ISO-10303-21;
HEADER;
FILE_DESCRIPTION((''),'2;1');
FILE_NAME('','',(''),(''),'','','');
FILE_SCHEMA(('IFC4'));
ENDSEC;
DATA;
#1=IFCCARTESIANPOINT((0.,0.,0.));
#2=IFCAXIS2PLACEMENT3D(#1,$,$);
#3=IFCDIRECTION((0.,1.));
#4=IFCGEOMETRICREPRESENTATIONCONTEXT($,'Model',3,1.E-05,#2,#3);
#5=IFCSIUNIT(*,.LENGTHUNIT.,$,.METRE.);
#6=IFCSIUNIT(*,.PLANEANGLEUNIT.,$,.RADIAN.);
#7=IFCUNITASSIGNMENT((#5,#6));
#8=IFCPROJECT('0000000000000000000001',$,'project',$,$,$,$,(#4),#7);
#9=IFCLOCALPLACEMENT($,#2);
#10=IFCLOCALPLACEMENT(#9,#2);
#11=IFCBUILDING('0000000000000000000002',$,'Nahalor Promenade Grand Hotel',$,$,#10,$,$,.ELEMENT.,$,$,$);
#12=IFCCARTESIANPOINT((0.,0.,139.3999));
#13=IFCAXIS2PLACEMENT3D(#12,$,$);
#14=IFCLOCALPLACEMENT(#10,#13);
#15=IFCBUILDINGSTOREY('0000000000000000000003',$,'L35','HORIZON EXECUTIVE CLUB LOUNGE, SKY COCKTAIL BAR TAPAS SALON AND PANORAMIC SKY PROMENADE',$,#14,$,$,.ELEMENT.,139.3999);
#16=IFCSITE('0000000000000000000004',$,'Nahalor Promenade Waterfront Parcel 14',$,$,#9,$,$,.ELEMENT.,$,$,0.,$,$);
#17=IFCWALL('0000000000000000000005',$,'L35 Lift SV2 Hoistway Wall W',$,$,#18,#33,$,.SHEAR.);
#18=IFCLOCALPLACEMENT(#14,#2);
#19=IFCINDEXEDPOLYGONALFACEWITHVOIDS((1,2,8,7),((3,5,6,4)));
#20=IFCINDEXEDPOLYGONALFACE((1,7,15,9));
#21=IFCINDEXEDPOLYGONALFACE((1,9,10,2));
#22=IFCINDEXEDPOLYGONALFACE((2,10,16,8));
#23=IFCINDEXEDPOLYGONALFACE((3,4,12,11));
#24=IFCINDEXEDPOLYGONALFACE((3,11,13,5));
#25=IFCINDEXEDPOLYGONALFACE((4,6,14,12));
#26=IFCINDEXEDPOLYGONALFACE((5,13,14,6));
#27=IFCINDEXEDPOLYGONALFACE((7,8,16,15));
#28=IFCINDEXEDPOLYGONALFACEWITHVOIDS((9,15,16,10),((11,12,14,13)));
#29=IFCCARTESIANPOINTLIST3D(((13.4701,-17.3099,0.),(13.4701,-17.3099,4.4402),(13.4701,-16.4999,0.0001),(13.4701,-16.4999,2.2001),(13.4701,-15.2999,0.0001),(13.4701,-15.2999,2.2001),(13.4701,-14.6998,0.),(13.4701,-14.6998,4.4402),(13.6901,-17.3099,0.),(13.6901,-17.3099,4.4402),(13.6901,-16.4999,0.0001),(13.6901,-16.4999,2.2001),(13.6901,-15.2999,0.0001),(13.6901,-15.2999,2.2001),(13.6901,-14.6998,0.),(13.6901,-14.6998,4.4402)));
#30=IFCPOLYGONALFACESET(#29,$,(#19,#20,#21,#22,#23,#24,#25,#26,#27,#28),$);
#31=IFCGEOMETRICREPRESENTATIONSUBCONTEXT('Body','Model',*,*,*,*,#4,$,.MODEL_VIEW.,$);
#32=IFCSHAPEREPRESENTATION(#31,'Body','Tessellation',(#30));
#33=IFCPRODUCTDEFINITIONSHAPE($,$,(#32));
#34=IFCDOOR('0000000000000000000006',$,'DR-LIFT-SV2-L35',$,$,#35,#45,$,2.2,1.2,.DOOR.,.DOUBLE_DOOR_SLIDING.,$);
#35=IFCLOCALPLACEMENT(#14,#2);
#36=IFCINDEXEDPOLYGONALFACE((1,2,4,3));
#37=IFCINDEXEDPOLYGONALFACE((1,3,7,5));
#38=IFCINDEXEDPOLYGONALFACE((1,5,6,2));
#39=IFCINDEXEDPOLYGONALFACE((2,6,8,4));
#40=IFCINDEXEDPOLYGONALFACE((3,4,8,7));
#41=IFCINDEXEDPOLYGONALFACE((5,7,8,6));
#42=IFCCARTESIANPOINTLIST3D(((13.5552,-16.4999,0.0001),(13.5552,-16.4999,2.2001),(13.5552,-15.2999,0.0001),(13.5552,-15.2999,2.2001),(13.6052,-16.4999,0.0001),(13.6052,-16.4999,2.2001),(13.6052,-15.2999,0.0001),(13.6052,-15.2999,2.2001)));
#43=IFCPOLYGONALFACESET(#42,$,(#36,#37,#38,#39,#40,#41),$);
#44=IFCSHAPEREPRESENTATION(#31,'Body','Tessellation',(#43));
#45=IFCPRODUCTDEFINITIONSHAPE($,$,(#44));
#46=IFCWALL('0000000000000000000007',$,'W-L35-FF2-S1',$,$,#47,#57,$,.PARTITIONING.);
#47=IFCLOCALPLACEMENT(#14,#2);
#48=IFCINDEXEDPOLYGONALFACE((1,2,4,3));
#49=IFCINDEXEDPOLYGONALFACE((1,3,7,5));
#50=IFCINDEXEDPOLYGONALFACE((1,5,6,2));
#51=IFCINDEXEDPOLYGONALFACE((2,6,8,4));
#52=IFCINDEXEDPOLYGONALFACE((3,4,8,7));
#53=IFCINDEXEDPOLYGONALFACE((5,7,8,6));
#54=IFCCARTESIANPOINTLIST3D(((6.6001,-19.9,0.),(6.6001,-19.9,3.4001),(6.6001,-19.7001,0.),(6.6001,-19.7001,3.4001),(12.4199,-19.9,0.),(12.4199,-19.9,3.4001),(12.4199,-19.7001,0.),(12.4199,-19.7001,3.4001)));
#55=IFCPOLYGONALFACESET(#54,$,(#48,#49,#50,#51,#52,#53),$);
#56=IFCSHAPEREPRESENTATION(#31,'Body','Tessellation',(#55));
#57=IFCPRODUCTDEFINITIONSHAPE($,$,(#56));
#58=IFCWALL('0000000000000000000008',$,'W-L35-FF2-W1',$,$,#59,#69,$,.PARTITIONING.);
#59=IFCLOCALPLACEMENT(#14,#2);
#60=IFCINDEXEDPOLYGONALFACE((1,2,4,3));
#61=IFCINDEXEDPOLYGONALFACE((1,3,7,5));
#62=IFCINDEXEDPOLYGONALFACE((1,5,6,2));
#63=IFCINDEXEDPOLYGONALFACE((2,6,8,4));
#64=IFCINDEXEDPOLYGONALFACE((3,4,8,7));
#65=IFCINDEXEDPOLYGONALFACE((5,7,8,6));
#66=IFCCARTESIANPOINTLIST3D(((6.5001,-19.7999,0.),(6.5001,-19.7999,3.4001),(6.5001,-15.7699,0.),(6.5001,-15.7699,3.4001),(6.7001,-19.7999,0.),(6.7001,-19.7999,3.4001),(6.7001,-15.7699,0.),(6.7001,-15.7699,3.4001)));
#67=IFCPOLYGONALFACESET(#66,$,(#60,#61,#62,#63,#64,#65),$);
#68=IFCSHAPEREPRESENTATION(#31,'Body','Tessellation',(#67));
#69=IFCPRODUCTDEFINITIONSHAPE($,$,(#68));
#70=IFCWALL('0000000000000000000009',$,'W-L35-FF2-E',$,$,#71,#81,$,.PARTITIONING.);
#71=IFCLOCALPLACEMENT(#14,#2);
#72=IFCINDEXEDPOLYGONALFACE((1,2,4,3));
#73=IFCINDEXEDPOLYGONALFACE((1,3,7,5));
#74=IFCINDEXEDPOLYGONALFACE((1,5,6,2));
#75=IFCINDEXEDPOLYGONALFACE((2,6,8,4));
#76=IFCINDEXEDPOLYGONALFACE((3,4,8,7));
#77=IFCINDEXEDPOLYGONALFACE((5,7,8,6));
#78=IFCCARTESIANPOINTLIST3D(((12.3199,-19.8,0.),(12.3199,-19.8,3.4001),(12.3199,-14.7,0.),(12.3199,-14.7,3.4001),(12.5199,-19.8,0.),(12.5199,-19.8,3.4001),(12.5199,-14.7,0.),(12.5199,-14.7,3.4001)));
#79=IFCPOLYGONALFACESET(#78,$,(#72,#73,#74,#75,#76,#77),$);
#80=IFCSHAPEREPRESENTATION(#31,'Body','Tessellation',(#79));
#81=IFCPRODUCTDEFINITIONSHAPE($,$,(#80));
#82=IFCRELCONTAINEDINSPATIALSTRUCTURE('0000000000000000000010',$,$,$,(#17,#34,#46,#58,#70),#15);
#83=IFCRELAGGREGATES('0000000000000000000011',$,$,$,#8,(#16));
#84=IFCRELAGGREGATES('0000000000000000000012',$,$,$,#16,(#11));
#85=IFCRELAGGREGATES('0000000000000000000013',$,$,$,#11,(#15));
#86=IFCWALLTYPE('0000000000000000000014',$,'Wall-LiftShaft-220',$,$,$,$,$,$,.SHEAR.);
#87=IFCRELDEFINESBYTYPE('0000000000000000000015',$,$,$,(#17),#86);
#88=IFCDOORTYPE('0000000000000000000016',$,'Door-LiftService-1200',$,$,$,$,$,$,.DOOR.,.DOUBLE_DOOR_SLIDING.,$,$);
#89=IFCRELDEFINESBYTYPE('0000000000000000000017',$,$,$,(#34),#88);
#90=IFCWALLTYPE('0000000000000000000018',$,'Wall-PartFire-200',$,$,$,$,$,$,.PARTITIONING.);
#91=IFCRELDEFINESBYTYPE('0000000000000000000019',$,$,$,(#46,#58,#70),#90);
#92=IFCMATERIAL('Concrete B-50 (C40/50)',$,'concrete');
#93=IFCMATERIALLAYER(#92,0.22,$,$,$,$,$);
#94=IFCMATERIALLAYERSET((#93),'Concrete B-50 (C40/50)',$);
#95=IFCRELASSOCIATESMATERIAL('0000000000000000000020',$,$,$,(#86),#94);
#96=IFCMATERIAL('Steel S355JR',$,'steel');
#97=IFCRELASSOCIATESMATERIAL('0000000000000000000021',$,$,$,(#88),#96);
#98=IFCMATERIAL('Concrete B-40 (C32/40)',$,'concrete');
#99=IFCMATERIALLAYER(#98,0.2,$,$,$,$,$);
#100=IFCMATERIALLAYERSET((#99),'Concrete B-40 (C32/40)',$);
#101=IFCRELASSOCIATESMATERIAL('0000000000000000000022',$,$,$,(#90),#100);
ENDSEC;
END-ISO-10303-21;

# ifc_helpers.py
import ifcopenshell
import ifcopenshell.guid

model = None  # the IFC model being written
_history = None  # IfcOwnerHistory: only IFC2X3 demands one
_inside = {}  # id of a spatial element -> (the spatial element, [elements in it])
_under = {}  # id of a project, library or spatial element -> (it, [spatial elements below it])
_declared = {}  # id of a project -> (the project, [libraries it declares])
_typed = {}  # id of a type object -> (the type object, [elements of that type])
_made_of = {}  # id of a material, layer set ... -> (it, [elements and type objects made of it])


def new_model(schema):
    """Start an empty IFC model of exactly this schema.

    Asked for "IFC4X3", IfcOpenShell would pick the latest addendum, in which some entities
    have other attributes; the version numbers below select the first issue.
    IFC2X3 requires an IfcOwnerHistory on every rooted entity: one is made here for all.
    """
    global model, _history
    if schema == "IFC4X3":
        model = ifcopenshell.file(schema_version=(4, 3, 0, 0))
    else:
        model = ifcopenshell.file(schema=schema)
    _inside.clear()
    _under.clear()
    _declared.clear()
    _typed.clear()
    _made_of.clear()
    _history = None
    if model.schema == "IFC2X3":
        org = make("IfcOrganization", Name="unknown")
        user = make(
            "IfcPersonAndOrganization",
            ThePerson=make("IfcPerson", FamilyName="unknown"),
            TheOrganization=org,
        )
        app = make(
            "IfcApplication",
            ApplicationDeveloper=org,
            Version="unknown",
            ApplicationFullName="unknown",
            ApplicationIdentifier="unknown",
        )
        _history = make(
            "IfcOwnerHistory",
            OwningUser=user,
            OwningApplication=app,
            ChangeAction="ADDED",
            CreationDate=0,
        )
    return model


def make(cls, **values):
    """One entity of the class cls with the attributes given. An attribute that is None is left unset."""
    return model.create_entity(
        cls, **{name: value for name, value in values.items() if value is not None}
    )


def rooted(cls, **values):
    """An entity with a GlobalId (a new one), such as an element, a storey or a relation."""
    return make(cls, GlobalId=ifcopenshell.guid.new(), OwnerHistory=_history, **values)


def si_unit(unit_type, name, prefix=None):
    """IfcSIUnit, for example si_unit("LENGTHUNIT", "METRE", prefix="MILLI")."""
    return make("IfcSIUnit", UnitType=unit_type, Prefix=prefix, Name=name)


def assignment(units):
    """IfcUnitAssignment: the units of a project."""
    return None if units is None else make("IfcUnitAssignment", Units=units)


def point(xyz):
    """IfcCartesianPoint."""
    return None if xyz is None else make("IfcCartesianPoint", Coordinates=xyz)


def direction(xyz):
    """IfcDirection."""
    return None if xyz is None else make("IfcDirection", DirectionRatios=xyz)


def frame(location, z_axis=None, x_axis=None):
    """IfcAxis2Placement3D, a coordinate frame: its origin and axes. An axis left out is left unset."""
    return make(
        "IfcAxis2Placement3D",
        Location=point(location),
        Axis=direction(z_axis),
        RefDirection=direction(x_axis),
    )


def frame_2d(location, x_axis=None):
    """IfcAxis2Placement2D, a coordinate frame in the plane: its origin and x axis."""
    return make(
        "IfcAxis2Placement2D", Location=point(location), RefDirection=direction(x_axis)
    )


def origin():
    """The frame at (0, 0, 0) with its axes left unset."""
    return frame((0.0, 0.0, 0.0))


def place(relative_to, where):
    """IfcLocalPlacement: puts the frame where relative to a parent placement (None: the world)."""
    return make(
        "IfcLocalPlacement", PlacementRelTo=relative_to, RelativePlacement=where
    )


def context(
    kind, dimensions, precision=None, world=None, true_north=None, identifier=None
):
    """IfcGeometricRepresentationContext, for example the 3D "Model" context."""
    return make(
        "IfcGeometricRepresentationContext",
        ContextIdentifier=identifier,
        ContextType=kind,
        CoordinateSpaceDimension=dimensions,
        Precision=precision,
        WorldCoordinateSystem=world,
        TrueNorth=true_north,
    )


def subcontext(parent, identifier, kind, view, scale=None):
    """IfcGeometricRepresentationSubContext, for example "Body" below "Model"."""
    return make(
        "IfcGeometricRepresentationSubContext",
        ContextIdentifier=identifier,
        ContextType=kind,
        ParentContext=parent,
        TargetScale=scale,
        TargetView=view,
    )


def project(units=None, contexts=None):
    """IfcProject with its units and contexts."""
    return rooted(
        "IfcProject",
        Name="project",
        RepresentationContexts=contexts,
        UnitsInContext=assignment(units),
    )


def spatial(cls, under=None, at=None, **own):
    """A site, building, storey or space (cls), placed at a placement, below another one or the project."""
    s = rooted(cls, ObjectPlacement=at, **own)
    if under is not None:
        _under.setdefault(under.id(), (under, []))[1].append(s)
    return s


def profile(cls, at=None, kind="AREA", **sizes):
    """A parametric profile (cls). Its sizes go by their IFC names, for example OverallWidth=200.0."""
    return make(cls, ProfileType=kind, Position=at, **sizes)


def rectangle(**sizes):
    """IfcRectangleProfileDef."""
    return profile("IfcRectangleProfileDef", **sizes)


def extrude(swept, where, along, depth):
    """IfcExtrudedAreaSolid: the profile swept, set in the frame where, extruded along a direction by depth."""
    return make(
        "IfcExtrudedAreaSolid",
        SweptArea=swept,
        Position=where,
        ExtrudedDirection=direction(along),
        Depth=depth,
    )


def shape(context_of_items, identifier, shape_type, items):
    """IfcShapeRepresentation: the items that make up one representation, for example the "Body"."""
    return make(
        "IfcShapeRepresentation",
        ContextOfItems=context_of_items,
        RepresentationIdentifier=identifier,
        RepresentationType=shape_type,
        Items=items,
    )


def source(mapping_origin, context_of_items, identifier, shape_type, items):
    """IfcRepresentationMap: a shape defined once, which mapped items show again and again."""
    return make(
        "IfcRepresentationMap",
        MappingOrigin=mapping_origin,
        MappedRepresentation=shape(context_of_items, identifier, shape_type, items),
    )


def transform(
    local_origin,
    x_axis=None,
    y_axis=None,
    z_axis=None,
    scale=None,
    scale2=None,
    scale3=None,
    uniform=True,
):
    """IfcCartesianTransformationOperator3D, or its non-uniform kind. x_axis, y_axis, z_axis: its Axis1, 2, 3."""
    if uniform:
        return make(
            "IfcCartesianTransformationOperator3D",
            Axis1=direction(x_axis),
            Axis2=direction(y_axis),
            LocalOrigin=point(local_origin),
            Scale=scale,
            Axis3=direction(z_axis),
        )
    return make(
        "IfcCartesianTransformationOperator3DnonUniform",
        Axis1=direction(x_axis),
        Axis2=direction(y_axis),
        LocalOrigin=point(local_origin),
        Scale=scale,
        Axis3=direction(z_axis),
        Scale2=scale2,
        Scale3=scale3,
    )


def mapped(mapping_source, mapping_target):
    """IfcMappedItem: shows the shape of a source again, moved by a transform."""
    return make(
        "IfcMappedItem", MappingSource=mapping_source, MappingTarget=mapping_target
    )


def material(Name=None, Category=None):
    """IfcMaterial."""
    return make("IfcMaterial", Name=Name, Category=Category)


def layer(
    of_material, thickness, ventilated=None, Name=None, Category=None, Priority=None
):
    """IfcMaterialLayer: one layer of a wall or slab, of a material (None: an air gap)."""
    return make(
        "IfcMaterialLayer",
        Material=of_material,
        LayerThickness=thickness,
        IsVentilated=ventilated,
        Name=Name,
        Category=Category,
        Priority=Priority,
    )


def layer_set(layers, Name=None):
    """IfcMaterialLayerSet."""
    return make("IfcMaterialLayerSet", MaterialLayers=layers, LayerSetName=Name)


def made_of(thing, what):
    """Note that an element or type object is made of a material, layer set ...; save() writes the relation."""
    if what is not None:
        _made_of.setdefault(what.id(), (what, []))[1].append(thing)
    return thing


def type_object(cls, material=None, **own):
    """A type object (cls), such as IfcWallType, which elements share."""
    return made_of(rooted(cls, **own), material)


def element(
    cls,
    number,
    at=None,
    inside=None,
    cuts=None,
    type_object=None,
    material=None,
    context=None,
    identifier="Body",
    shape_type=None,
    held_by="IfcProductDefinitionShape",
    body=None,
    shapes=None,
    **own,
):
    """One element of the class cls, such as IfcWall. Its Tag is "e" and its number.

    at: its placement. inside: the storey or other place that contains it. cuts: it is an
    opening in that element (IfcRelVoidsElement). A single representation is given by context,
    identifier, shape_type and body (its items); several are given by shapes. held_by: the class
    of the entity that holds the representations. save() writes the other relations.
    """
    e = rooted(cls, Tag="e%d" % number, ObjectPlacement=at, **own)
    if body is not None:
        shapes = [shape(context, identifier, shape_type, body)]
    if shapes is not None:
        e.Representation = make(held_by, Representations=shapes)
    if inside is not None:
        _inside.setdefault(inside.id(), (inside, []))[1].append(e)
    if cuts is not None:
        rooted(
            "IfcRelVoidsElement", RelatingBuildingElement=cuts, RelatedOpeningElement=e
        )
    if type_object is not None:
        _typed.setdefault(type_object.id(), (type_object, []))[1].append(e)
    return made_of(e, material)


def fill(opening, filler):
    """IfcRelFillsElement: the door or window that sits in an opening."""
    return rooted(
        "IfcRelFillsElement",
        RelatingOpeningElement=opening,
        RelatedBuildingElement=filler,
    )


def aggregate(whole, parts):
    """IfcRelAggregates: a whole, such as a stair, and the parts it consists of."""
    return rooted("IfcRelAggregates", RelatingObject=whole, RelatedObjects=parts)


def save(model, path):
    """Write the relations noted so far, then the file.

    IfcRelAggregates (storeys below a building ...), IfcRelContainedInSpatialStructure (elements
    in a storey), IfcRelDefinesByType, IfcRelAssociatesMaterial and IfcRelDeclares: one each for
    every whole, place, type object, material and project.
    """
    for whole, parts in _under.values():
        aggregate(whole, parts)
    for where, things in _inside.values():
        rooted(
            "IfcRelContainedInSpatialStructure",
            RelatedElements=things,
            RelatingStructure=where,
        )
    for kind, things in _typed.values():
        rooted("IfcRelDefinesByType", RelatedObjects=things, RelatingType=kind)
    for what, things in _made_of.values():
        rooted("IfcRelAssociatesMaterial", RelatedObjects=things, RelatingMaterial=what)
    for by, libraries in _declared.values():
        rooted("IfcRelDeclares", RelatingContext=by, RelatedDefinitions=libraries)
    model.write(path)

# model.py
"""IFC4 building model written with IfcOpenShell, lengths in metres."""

from ifc_helpers import new_model, si_unit, direction, frame, frame_2d, origin, place, context, subcontext, project, spatial, rectangle, extrude, source, transform, mapped, material, layer, layer_set, type_object, element, fill, save


model = new_model("IFC4")

# Units and contexts
model_context = context("Model", 3, precision=1e-05, world=origin(), true_north=direction((0.0, 1.0)))
body_context = subcontext(model_context, "Body", "Model", "MODEL_VIEW")
ifc_project = project(units=[si_unit("LENGTHUNIT", "METRE"), si_unit("PLANEANGLEUNIT", "RADIAN")], contexts=[model_context])

# Site, building, storey
site_placement = place(None, origin())
site = spatial("IfcSite", under=ifc_project, at=site_placement, Name="Nahalor Promenade Waterfront Parcel 14", CompositionType="ELEMENT", RefElevation=0.0)
building_placement = place(site_placement, origin())
building = spatial("IfcBuilding", under=site, at=building_placement, Name="Nahalor Promenade Grand Hotel", CompositionType="ELEMENT")
storey_placement = place(building_placement, frame((0.0, 0.0, 139.3999)))
storey = spatial("IfcBuildingStorey", under=building, at=storey_placement, Name="L35", Description="HORIZON EXECUTIVE CLUB LOUNGE, SKY COCKTAIL BAR TAPAS SALON AND PANORAMIC SKY PROMENADE", CompositionType="ELEMENT", Elevation=139.3999)

# Shared definitions
ifc_material_1 = material(Name="Steel S355JR", Category="steel")

# Shared definitions
ifc_material_2 = material(Name="Concrete B-50 (C40/50)", Category="concrete")

# Shared definitions
ifc_layer_1 = layer(ifc_material_2, 0.22)
ifc_layer_set_1 = layer_set([ifc_layer_1], Name="Concrete B-50 (C40/50)")
wall_type_1 = type_object("IfcWallType", Name="Wall-LiftShaft-220", PredefinedType="SHEAR", material=ifc_layer_set_1)

# Wall, opening, door
shared_shape_1 = source(origin(), body_context, "Body", "SweptSolid", [
    extrude(rectangle(XDim=2.6101, YDim=0.22, at=frame_2d((1.3052, 0.0))), origin(), (0.0, 0.0, 1.0), 4.4402),
])
wall_1_placement = place(storey_placement, frame((13.5801, -17.3101, 0.0), z_axis=(0.0, 0.0, 1.0), x_axis=(0.0, 1.0, 0.0)))
wall_1 = element("IfcWall", 1, at=wall_1_placement, inside=storey, type_object=wall_type_1, Name="L35 Lift SV2 Hoistway Wall W", PredefinedType="SHEAR", context=body_context, shape_type="MappedRepresentation", body=[
    mapped(shared_shape_1, transform((0.0, 0.0, 0.0), scale=1.0)),
])
opening_1_placement = place(wall_1_placement, frame((0.8101, 0.0, 0.0)))
opening_1 = element("IfcOpeningElement", 2, at=opening_1_placement, cuts=wall_1, PredefinedType="OPENING", context=body_context, shape_type="SweptSolid", body=[
    extrude(rectangle(XDim=1.2, YDim=2.2, at=frame_2d((0.6001, 1.1001))), frame((0.0, 0.1199, 0.0), z_axis=(0.0, -1.0, 0.0), x_axis=(1.0, 0.0, 0.0)), (0.0, 0.0, 1.0), 0.24),
])
door_type_1 = type_object("IfcDoorType", Name="Door-LiftService-1200", OperationType="DOUBLE_DOOR_SLIDING", PredefinedType="DOOR", material=ifc_material_1)
shared_shape_2 = source(origin(), body_context, "Body", "SweptSolid", [
    extrude(rectangle(XDim=1.2, YDim=2.2, at=frame_2d((0.6001, 1.1001))), frame((0.0, 0.0249, 0.0), z_axis=(0.0, -1.0, 0.0), x_axis=(1.0, 0.0, 0.0)), (0.0, 0.0, 1.0), 0.05),
])
door_1_placement = place(opening_1_placement, origin())
door_1 = element("IfcDoor", 3, at=door_1_placement, inside=storey, type_object=door_type_1, Name="DR-LIFT-SV2-L35", OperationType="DOUBLE_DOOR_SLIDING", OverallHeight=2.2, OverallWidth=1.2, PredefinedType="DOOR", context=body_context, shape_type="MappedRepresentation", body=[
    mapped(shared_shape_2, transform((0.0, 0.0, 0.0), scale=1.0)),
])
fill(opening_1, door_1)

# Walls
ifc_material_3 = material(Name="Concrete B-40 (C32/40)", Category="concrete")
ifc_layer_2 = layer(ifc_material_3, 0.2)
ifc_layer_set_2 = layer_set([ifc_layer_2], Name="Concrete B-40 (C32/40)")
wall_type_2 = type_object("IfcWallType", Name="Wall-PartFire-200", PredefinedType="PARTITIONING", material=ifc_layer_set_2)
shared_shape_3 = source(origin(), body_context, "Body", "SweptSolid", [
    extrude(rectangle(XDim=5.8198, YDim=0.2, at=frame_2d((2.9099, 0.0))), origin(), (0.0, 0.0, 1.0), 3.4001),
])
wall_2_placement = place(storey_placement, frame((6.6001, -19.8, 0.0), z_axis=(0.0, 0.0, 1.0), x_axis=(1.0, 0.0, 0.0)))
element("IfcWall", 4, at=wall_2_placement, inside=storey, type_object=wall_type_2, Name="W-L35-FF2-S1", PredefinedType="PARTITIONING", context=body_context, shape_type="MappedRepresentation", body=[
    mapped(shared_shape_3, transform((0.0, 0.0, 0.0), scale=1.0)),
])
shared_shape_4 = source(origin(), body_context, "Body", "SweptSolid", [
    extrude(rectangle(XDim=4.03, YDim=0.2, at=frame_2d((2.0151, 0.0))), origin(), (0.0, 0.0, 1.0), 3.4001),
])
wall_3_placement = place(storey_placement, frame((6.6001, -19.8, 0.0), z_axis=(0.0, 0.0, 1.0), x_axis=(0.0, 1.0, 0.0)))
element("IfcWall", 5, at=wall_3_placement, inside=storey, type_object=wall_type_2, Name="W-L35-FF2-W1", PredefinedType="PARTITIONING", context=body_context, shape_type="MappedRepresentation", body=[
    mapped(shared_shape_4, transform((0.0, 0.0, 0.0), scale=1.0)),
])
shared_shape_5 = source(origin(), body_context, "Body", "SweptSolid", [
    extrude(rectangle(XDim=5.1001, YDim=0.2, at=frame_2d((2.55, 0.0))), origin(), (0.0, 0.0, 1.0), 3.4001),
])
wall_4_placement = place(storey_placement, frame((12.4199, -19.8, 0.0), z_axis=(0.0, 0.0, 1.0), x_axis=(0.0, 1.0, 0.0)))
element("IfcWall", 6, at=wall_4_placement, inside=storey, type_object=wall_type_2, Name="W-L35-FF2-E", PredefinedType="PARTITIONING", context=body_context, shape_type="MappedRepresentation", body=[
    mapped(shared_shape_5, transform((0.0, 0.0, 0.0), scale=1.0)),
])

save(model, "model.ifc")
